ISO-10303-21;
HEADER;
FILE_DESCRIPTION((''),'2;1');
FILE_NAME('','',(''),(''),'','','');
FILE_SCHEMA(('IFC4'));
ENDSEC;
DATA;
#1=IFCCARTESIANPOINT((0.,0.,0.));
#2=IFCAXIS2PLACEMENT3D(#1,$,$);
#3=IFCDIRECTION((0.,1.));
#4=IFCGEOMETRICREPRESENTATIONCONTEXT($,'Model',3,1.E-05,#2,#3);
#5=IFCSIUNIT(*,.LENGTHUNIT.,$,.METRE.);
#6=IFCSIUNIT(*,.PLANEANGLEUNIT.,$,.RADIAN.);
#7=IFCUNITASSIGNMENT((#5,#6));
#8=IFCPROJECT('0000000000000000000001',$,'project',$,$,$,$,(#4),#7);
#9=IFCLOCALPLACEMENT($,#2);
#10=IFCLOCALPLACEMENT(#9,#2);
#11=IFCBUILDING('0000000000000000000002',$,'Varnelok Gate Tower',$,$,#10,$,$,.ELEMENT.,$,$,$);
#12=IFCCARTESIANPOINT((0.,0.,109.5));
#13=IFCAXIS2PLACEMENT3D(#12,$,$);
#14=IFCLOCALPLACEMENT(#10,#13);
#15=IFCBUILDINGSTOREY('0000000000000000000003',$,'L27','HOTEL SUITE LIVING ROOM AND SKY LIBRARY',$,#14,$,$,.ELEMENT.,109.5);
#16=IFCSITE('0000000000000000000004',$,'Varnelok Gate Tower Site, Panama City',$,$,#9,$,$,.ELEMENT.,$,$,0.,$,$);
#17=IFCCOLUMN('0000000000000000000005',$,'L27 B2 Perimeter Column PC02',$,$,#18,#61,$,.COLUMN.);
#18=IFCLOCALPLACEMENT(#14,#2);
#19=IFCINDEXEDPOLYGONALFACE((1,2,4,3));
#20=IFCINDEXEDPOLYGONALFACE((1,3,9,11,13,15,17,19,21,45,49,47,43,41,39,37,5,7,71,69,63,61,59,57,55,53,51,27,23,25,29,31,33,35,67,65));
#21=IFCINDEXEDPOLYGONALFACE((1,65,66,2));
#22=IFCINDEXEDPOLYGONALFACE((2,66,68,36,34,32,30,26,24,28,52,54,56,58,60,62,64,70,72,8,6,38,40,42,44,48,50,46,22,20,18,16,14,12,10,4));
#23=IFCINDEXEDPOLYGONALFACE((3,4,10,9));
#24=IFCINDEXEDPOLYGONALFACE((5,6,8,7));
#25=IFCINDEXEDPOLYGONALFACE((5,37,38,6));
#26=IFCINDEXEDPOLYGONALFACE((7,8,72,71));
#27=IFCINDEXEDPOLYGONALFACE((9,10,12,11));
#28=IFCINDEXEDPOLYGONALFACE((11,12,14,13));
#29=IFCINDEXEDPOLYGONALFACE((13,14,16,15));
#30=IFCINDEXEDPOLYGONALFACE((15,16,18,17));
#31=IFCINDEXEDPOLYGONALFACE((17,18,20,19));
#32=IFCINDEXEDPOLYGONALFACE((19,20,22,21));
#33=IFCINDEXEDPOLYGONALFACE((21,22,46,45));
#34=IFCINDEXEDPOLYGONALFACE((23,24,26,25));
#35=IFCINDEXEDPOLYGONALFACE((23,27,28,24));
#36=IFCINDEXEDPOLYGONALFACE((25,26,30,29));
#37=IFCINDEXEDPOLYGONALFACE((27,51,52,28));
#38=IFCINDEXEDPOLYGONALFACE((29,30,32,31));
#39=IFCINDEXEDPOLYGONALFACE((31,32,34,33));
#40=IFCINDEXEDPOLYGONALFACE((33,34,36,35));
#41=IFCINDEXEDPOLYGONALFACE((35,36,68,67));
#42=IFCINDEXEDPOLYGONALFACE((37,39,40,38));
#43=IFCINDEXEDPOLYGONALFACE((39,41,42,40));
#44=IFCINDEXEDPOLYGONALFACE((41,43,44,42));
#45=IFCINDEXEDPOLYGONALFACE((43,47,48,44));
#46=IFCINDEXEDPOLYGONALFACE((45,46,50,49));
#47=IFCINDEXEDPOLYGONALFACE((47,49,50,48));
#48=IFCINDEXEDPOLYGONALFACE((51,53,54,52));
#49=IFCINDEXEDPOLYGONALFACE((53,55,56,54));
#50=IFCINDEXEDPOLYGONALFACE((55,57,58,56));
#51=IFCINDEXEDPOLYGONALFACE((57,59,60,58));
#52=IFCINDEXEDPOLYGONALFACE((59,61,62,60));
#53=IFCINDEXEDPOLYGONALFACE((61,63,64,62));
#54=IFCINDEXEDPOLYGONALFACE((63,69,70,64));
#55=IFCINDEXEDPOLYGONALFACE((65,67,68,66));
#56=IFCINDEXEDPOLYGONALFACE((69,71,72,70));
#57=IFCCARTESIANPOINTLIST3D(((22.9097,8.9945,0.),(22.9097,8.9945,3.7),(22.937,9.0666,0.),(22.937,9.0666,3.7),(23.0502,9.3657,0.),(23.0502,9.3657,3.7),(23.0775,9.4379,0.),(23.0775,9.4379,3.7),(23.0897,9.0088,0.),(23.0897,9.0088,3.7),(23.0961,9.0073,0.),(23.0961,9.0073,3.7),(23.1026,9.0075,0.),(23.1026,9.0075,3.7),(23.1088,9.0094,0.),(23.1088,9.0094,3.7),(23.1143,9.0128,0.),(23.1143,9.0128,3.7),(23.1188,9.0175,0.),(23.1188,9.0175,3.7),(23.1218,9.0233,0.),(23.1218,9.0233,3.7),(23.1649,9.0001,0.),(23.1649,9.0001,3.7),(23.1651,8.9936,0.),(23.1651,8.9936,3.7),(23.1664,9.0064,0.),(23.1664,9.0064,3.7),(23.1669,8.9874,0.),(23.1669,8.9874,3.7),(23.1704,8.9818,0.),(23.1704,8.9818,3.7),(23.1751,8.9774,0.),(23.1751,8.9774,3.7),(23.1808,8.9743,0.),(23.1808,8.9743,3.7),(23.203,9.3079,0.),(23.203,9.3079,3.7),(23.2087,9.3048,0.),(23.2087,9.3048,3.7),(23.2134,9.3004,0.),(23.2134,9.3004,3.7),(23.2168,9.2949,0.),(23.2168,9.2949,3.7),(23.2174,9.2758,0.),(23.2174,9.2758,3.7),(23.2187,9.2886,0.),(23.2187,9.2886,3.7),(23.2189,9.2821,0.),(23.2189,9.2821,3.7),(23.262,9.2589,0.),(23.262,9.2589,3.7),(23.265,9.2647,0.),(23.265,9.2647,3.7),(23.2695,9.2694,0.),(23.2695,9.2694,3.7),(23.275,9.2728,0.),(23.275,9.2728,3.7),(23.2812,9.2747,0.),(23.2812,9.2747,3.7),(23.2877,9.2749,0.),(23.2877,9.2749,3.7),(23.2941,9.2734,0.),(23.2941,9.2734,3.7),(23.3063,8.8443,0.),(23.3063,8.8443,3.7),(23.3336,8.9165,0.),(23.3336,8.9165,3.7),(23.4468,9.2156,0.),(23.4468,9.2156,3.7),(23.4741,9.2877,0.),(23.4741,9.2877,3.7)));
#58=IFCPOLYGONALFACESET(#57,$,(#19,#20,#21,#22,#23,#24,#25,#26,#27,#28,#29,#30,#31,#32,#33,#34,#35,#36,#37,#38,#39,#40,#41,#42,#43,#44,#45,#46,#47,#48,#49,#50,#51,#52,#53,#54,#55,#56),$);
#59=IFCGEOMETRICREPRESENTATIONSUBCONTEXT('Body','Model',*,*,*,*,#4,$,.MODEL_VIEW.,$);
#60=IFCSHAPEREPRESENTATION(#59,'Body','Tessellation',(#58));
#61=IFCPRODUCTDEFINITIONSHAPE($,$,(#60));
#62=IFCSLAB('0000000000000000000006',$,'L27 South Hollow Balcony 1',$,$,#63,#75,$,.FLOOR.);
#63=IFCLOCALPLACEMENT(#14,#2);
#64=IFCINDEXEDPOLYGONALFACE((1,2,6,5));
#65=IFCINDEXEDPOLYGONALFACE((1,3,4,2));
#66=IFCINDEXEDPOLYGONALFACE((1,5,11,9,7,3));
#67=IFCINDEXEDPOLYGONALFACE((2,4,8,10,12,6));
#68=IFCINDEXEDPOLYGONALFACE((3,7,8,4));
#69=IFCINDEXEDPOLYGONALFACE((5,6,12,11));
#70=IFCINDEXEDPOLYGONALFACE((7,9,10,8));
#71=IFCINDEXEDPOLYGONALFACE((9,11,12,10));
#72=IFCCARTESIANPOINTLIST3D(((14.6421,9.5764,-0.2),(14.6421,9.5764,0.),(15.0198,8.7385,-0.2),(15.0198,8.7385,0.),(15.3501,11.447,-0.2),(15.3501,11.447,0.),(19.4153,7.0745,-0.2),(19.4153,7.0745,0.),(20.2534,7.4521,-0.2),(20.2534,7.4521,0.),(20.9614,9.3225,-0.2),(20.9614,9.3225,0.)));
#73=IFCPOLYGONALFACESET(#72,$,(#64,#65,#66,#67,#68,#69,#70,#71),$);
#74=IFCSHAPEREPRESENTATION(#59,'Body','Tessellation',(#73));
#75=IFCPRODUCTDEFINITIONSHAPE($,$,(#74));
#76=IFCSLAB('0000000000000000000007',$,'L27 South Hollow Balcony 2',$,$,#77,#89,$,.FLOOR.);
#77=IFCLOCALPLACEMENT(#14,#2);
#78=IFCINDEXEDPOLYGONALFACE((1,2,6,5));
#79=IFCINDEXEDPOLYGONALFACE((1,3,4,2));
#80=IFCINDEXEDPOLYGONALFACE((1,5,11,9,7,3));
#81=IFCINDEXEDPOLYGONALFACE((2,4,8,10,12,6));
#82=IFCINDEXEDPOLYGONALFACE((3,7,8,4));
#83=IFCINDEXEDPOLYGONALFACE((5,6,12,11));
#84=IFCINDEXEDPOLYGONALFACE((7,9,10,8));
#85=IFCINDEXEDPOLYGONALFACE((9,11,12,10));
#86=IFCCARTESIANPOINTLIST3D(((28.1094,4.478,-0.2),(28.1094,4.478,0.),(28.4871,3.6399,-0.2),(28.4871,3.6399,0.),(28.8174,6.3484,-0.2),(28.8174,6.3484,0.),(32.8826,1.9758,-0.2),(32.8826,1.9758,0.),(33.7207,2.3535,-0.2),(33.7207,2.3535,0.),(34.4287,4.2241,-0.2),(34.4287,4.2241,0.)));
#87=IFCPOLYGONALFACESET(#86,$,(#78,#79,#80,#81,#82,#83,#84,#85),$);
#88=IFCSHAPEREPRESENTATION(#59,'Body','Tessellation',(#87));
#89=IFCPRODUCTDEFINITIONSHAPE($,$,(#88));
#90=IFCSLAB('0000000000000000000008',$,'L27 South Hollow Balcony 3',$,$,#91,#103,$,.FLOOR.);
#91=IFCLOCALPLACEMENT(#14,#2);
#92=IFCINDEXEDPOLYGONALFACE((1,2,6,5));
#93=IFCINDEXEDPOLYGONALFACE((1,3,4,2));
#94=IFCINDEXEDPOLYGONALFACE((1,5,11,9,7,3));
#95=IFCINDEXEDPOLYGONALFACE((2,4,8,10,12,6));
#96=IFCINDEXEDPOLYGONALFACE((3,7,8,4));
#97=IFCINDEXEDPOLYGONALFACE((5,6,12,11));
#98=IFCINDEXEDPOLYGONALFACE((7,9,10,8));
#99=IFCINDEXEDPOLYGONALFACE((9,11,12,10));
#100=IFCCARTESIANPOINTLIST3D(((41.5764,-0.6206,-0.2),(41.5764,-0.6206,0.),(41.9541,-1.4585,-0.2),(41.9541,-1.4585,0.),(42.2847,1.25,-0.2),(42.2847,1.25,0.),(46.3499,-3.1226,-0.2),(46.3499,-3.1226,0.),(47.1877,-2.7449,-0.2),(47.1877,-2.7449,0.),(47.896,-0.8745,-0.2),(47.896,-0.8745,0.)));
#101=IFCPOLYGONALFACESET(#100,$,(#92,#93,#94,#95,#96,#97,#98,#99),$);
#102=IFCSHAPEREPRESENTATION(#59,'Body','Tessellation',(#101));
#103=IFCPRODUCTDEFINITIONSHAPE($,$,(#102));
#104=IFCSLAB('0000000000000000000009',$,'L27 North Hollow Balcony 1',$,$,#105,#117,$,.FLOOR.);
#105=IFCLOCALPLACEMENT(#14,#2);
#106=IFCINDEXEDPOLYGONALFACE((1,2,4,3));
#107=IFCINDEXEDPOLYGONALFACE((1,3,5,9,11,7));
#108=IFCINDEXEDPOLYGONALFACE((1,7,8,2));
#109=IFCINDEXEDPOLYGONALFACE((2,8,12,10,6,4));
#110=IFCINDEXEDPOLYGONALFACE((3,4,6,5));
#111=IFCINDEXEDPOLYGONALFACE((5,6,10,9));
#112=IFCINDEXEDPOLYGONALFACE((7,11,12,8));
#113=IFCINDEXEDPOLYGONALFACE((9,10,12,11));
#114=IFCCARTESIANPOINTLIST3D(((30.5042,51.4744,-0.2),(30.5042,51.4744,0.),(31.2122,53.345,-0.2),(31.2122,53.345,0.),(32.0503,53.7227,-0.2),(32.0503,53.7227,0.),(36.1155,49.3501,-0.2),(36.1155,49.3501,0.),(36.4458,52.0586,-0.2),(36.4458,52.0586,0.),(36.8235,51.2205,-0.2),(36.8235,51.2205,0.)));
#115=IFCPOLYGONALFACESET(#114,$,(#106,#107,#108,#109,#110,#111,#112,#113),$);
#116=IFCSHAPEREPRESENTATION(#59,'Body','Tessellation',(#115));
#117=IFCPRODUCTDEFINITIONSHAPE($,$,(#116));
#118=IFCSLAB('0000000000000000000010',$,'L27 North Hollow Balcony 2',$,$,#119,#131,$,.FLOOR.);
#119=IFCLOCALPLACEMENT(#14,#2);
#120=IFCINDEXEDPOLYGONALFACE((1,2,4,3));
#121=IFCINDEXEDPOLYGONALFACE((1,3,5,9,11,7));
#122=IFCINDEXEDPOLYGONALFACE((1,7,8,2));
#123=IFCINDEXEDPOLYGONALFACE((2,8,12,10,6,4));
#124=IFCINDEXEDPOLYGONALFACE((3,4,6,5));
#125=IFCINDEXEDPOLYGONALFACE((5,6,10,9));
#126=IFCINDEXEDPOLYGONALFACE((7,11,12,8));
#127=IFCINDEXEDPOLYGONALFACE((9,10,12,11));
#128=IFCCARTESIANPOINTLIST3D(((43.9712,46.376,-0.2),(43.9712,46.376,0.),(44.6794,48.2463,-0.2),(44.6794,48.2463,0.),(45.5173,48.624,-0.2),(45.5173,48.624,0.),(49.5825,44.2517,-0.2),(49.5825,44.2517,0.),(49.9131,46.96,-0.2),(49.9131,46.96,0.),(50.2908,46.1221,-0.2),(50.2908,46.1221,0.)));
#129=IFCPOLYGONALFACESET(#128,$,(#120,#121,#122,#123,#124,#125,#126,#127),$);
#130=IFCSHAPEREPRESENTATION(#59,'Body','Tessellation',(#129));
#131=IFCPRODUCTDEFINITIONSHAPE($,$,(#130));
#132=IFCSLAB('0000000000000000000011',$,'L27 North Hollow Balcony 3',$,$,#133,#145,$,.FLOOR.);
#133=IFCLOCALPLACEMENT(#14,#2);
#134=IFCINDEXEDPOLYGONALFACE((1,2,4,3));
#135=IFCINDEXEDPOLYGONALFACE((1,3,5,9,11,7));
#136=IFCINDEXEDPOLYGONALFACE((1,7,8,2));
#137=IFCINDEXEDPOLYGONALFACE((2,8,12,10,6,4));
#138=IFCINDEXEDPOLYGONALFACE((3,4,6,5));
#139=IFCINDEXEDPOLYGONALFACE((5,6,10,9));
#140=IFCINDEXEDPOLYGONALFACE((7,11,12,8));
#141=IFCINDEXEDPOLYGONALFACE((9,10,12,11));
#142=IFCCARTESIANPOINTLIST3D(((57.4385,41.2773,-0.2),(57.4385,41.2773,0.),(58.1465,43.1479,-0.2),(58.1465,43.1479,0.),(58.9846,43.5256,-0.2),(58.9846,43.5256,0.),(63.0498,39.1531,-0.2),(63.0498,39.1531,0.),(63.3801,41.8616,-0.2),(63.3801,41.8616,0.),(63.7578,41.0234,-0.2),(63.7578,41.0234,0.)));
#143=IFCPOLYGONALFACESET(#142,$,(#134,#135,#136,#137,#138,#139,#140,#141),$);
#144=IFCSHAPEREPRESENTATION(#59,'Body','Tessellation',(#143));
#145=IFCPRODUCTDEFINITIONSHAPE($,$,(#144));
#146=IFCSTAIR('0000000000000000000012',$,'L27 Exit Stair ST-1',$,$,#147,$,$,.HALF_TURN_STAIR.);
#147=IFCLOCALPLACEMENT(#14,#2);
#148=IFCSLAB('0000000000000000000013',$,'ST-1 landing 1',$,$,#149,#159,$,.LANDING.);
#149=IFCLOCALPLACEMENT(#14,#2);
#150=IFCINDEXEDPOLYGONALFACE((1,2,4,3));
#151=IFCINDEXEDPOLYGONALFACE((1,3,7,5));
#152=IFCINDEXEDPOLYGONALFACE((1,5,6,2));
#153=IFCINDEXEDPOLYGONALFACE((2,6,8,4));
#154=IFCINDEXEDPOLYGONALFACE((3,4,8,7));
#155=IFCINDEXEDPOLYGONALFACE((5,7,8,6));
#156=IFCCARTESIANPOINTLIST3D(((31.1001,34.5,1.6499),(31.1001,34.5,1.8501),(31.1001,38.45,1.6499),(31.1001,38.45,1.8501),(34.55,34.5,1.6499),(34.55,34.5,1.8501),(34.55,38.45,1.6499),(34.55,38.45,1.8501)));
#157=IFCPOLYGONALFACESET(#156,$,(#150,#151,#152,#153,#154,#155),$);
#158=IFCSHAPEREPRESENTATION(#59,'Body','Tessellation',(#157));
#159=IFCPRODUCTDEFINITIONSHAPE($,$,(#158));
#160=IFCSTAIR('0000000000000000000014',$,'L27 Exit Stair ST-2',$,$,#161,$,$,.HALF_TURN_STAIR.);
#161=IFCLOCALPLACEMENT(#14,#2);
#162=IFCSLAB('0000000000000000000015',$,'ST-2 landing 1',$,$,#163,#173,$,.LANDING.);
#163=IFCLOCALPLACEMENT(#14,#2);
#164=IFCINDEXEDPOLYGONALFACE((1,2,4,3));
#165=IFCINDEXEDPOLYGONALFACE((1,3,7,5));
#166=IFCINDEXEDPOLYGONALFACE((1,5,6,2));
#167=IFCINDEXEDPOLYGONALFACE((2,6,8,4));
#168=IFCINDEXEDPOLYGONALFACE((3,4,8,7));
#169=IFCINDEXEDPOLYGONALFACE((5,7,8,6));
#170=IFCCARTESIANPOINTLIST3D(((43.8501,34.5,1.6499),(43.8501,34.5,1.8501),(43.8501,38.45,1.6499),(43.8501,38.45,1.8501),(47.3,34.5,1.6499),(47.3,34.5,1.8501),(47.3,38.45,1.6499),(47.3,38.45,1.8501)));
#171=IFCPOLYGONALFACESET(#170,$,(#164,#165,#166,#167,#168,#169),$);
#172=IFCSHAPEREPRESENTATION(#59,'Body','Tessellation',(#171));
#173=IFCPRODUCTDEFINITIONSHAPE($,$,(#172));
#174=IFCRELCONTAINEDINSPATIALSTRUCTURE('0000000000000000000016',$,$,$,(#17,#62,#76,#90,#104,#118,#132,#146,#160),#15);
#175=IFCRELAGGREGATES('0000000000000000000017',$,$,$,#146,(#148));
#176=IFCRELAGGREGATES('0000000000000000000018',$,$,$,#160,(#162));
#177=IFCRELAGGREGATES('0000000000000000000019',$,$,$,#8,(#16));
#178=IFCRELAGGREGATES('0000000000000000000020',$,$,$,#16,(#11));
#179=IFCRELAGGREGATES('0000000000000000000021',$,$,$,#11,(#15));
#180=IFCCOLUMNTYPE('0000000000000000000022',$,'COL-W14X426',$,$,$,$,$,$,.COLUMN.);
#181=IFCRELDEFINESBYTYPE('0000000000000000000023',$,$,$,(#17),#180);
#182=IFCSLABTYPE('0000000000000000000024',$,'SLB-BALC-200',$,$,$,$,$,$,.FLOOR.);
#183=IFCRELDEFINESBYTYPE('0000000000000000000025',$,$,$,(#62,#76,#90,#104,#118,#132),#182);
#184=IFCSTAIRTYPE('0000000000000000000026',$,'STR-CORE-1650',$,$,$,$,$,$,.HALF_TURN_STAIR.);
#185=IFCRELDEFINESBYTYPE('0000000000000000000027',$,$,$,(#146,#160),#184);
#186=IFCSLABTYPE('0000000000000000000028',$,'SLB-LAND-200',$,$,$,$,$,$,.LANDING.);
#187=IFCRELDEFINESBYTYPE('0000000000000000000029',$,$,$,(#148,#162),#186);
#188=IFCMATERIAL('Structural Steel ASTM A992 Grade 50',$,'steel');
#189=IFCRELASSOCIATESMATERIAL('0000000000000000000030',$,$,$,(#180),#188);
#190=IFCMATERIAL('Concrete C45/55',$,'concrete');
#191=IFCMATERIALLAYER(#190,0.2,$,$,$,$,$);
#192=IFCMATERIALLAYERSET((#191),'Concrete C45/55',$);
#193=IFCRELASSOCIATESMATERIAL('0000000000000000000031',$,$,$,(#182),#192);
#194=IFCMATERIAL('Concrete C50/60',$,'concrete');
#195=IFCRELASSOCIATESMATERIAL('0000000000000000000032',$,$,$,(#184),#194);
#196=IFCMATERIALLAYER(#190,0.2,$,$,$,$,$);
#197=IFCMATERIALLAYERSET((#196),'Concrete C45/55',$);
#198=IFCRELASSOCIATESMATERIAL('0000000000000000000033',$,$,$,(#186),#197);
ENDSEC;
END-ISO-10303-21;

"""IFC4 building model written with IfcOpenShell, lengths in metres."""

from ifc_helpers import new_model, si_unit, direction, frame, origin, origin_2d, place, context, subcontext, project, spatial, polyline, i_section, outline, extrude, material, layer, layer_set, material_profile, profile_set, type_object, element, aggregate, save


model = new_model("IFC4")

# Units and contexts
model_context = context("Model", 3, precision=1e-05, world=origin(), true_north=direction((0.0, 1.0)))
body_context = subcontext(model_context, "Body", "Model", "MODEL_VIEW")
ifc_project = project(units=[si_unit("LENGTHUNIT", "METRE"), si_unit("PLANEANGLEUNIT", "RADIAN")], contexts=[model_context])

# Site, building, storey
site_placement = place(None, origin())
site = spatial("IfcSite", under=ifc_project, at=site_placement, Name="Varnelok Gate Tower Site, Panama City", CompositionType="ELEMENT", RefElevation=0.0)
building_placement = place(site_placement, origin())
building = spatial("IfcBuilding", under=site, at=building_placement, Name="Varnelok Gate Tower", CompositionType="ELEMENT")
storey_placement = place(building_placement, frame((0.0, 0.0, 109.5)))
storey = spatial("IfcBuildingStorey", under=building, at=storey_placement, Name="L27", Description="HOTEL SUITE LIVING ROOM AND SKY LIBRARY", CompositionType="ELEMENT", Elevation=109.5)

# Column
ifc_material_1 = material(Name="Structural Steel ASTM A992 Grade 50", Category="steel")
ifc_material_profile = material_profile(ifc_material_1, i_section(OverallWidth=0.4241, OverallDepth=0.4741, WebThickness=0.0476, FlangeThickness=0.0771, FilletRadius=0.0249, at=origin_2d()), Name="W14X426")
ifc_profile_set = profile_set([ifc_material_profile], Name="Structural Steel ASTM A992 Grade 50")
column_type = type_object("IfcColumnType", Name="COL-W14X426", PredefinedType="COLUMN", material=ifc_profile_set)
column_placement = place(storey_placement, frame((23.1919, 9.1411, 0.0), z_axis=(0.0, 0.0, 1.0), x_axis=(0.935222, -0.354063, 0.0)))
element("IfcColumn", 1, at=column_placement, inside=storey, type_object=column_type, Name="L27 B2 Perimeter Column PC02", PredefinedType="COLUMN", context=body_context, shape_type="SweptSolid", body=[
    extrude(i_section(OverallWidth=0.4241, OverallDepth=0.4741, WebThickness=0.0476, FlangeThickness=0.0771, FilletRadius=0.0249, at=origin_2d()), origin(), (0.0, 0.0, 1.0), 3.7),
])

# Slabs
ifc_material_2 = material(Name="Concrete C45/55", Category="concrete")
ifc_layer_1 = layer(ifc_material_2, 0.2)
ifc_layer_set_1 = layer_set([ifc_layer_1], Name="Concrete C45/55")
slab_type_1 = type_object("IfcSlabType", Name="SLB-BALC-200", PredefinedType="FLOOR", material=ifc_layer_set_1)
slab_1_placement = place(storey_placement, frame((0.0, 0.0, -0.2)))
element("IfcSlab", 2, at=slab_1_placement, inside=storey, type_object=slab_type_1, Name="L27 South Hollow Balcony 1", PredefinedType="FLOOR", context=body_context, shape_type="SweptSolid", body=[
    extrude(outline(polyline([(14.6421, 9.5764), (15.0198, 8.7385), (19.4153, 7.0745), (20.2534, 7.4521), (20.9614, 9.3225), (15.3501, 11.447), (14.6421, 9.5764)])), origin(), (0.0, 0.0, 1.0), 0.2),
])
slab_2_placement = place(storey_placement, frame((0.0, 0.0, -0.2)))
element("IfcSlab", 3, at=slab_2_placement, inside=storey, type_object=slab_type_1, Name="L27 South Hollow Balcony 2", PredefinedType="FLOOR", context=body_context, shape_type="SweptSolid", body=[
    extrude(outline(polyline([(28.1094, 4.478), (28.4871, 3.6399), (32.8826, 1.9758), (33.7207, 2.3535), (34.4287, 4.2241), (28.8174, 6.3484), (28.1094, 4.478)])), origin(), (0.0, 0.0, 1.0), 0.2),
])
slab_3_placement = place(storey_placement, frame((0.0, 0.0, -0.2)))
element("IfcSlab", 4, at=slab_3_placement, inside=storey, type_object=slab_type_1, Name="L27 South Hollow Balcony 3", PredefinedType="FLOOR", context=body_context, shape_type="SweptSolid", body=[
    extrude(outline(polyline([(41.5764, -0.6206), (41.9541, -1.4585), (46.3499, -3.1226), (47.1877, -2.7449), (47.896, -0.8745), (42.2847, 1.25), (41.5764, -0.6206)])), origin(), (0.0, 0.0, 1.0), 0.2),
])
slab_4_placement = place(storey_placement, frame((0.0, 0.0, -0.2)))
element("IfcSlab", 5, at=slab_4_placement, inside=storey, type_object=slab_type_1, Name="L27 North Hollow Balcony 1", PredefinedType="FLOOR", context=body_context, shape_type="SweptSolid", body=[
    extrude(outline(polyline([(30.5042, 51.4744), (36.1155, 49.3501), (36.8235, 51.2205), (36.4458, 52.0586), (32.0503, 53.7227), (31.2122, 53.345), (30.5042, 51.4744)])), origin(), (0.0, 0.0, 1.0), 0.2),
])
slab_5_placement = place(storey_placement, frame((0.0, 0.0, -0.2)))
element("IfcSlab", 6, at=slab_5_placement, inside=storey, type_object=slab_type_1, Name="L27 North Hollow Balcony 2", PredefinedType="FLOOR", context=body_context, shape_type="SweptSolid", body=[
    extrude(outline(polyline([(43.9712, 46.376), (49.5825, 44.2517), (50.2908, 46.1221), (49.9131, 46.96), (45.5173, 48.624), (44.6794, 48.2463), (43.9712, 46.376)])), origin(), (0.0, 0.0, 1.0), 0.2),
])
slab_6_placement = place(storey_placement, frame((0.0, 0.0, -0.2)))
element("IfcSlab", 7, at=slab_6_placement, inside=storey, type_object=slab_type_1, Name="L27 North Hollow Balcony 3", PredefinedType="FLOOR", context=body_context, shape_type="SweptSolid", body=[
    extrude(outline(polyline([(57.4385, 41.2773), (63.0498, 39.1531), (63.7578, 41.0234), (63.3801, 41.8616), (58.9846, 43.5256), (58.1465, 43.1479), (57.4385, 41.2773)])), origin(), (0.0, 0.0, 1.0), 0.2),
])

# Stairs, slabs
ifc_material_3 = material(Name="Concrete C50/60", Category="concrete")
stair_type = type_object("IfcStairType", Name="STR-CORE-1650", PredefinedType="HALF_TURN_STAIR", material=ifc_material_3)
stair_1_placement = place(storey_placement, origin())
stair_1 = element("IfcStair", 8, at=stair_1_placement, inside=storey, type_object=stair_type, Name="L27 Exit Stair ST-1", PredefinedType="HALF_TURN_STAIR")
ifc_layer_2 = layer(ifc_material_2, 0.2)
ifc_layer_set_2 = layer_set([ifc_layer_2], Name="Concrete C45/55")
slab_type_2 = type_object("IfcSlabType", Name="SLB-LAND-200", PredefinedType="LANDING", material=ifc_layer_set_2)
slab_7_placement = place(storey_placement, frame((0.0, 0.0, 1.6499)))
slab_7 = element("IfcSlab", 9, at=slab_7_placement, type_object=slab_type_2, Name="ST-1 landing 1", PredefinedType="LANDING", context=body_context, shape_type="SweptSolid", body=[
    extrude(outline(polyline([(34.55, 34.5), (34.55, 38.45), (31.1001, 38.45), (31.1001, 34.5), (34.55, 34.5)])), origin(), (0.0, 0.0, 1.0), 0.2002),
])
aggregate(stair_1, [slab_7])
stair_2_placement = place(storey_placement, origin())
stair_2 = element("IfcStair", 10, at=stair_2_placement, inside=storey, type_object=stair_type, Name="L27 Exit Stair ST-2", PredefinedType="HALF_TURN_STAIR")
slab_8_placement = place(storey_placement, frame((0.0, 0.0, 1.6499)))
slab_8 = element("IfcSlab", 11, at=slab_8_placement, type_object=slab_type_2, Name="ST-2 landing 1", PredefinedType="LANDING", context=body_context, shape_type="SweptSolid", body=[
    extrude(outline(polyline([(47.3, 34.5), (47.3, 38.45), (43.8501, 38.45), (43.8501, 34.5), (47.3, 34.5)])), origin(), (0.0, 0.0, 1.0), 0.2002),
])
aggregate(stair_2, [slab_8])

save(model, "model.ifc")
